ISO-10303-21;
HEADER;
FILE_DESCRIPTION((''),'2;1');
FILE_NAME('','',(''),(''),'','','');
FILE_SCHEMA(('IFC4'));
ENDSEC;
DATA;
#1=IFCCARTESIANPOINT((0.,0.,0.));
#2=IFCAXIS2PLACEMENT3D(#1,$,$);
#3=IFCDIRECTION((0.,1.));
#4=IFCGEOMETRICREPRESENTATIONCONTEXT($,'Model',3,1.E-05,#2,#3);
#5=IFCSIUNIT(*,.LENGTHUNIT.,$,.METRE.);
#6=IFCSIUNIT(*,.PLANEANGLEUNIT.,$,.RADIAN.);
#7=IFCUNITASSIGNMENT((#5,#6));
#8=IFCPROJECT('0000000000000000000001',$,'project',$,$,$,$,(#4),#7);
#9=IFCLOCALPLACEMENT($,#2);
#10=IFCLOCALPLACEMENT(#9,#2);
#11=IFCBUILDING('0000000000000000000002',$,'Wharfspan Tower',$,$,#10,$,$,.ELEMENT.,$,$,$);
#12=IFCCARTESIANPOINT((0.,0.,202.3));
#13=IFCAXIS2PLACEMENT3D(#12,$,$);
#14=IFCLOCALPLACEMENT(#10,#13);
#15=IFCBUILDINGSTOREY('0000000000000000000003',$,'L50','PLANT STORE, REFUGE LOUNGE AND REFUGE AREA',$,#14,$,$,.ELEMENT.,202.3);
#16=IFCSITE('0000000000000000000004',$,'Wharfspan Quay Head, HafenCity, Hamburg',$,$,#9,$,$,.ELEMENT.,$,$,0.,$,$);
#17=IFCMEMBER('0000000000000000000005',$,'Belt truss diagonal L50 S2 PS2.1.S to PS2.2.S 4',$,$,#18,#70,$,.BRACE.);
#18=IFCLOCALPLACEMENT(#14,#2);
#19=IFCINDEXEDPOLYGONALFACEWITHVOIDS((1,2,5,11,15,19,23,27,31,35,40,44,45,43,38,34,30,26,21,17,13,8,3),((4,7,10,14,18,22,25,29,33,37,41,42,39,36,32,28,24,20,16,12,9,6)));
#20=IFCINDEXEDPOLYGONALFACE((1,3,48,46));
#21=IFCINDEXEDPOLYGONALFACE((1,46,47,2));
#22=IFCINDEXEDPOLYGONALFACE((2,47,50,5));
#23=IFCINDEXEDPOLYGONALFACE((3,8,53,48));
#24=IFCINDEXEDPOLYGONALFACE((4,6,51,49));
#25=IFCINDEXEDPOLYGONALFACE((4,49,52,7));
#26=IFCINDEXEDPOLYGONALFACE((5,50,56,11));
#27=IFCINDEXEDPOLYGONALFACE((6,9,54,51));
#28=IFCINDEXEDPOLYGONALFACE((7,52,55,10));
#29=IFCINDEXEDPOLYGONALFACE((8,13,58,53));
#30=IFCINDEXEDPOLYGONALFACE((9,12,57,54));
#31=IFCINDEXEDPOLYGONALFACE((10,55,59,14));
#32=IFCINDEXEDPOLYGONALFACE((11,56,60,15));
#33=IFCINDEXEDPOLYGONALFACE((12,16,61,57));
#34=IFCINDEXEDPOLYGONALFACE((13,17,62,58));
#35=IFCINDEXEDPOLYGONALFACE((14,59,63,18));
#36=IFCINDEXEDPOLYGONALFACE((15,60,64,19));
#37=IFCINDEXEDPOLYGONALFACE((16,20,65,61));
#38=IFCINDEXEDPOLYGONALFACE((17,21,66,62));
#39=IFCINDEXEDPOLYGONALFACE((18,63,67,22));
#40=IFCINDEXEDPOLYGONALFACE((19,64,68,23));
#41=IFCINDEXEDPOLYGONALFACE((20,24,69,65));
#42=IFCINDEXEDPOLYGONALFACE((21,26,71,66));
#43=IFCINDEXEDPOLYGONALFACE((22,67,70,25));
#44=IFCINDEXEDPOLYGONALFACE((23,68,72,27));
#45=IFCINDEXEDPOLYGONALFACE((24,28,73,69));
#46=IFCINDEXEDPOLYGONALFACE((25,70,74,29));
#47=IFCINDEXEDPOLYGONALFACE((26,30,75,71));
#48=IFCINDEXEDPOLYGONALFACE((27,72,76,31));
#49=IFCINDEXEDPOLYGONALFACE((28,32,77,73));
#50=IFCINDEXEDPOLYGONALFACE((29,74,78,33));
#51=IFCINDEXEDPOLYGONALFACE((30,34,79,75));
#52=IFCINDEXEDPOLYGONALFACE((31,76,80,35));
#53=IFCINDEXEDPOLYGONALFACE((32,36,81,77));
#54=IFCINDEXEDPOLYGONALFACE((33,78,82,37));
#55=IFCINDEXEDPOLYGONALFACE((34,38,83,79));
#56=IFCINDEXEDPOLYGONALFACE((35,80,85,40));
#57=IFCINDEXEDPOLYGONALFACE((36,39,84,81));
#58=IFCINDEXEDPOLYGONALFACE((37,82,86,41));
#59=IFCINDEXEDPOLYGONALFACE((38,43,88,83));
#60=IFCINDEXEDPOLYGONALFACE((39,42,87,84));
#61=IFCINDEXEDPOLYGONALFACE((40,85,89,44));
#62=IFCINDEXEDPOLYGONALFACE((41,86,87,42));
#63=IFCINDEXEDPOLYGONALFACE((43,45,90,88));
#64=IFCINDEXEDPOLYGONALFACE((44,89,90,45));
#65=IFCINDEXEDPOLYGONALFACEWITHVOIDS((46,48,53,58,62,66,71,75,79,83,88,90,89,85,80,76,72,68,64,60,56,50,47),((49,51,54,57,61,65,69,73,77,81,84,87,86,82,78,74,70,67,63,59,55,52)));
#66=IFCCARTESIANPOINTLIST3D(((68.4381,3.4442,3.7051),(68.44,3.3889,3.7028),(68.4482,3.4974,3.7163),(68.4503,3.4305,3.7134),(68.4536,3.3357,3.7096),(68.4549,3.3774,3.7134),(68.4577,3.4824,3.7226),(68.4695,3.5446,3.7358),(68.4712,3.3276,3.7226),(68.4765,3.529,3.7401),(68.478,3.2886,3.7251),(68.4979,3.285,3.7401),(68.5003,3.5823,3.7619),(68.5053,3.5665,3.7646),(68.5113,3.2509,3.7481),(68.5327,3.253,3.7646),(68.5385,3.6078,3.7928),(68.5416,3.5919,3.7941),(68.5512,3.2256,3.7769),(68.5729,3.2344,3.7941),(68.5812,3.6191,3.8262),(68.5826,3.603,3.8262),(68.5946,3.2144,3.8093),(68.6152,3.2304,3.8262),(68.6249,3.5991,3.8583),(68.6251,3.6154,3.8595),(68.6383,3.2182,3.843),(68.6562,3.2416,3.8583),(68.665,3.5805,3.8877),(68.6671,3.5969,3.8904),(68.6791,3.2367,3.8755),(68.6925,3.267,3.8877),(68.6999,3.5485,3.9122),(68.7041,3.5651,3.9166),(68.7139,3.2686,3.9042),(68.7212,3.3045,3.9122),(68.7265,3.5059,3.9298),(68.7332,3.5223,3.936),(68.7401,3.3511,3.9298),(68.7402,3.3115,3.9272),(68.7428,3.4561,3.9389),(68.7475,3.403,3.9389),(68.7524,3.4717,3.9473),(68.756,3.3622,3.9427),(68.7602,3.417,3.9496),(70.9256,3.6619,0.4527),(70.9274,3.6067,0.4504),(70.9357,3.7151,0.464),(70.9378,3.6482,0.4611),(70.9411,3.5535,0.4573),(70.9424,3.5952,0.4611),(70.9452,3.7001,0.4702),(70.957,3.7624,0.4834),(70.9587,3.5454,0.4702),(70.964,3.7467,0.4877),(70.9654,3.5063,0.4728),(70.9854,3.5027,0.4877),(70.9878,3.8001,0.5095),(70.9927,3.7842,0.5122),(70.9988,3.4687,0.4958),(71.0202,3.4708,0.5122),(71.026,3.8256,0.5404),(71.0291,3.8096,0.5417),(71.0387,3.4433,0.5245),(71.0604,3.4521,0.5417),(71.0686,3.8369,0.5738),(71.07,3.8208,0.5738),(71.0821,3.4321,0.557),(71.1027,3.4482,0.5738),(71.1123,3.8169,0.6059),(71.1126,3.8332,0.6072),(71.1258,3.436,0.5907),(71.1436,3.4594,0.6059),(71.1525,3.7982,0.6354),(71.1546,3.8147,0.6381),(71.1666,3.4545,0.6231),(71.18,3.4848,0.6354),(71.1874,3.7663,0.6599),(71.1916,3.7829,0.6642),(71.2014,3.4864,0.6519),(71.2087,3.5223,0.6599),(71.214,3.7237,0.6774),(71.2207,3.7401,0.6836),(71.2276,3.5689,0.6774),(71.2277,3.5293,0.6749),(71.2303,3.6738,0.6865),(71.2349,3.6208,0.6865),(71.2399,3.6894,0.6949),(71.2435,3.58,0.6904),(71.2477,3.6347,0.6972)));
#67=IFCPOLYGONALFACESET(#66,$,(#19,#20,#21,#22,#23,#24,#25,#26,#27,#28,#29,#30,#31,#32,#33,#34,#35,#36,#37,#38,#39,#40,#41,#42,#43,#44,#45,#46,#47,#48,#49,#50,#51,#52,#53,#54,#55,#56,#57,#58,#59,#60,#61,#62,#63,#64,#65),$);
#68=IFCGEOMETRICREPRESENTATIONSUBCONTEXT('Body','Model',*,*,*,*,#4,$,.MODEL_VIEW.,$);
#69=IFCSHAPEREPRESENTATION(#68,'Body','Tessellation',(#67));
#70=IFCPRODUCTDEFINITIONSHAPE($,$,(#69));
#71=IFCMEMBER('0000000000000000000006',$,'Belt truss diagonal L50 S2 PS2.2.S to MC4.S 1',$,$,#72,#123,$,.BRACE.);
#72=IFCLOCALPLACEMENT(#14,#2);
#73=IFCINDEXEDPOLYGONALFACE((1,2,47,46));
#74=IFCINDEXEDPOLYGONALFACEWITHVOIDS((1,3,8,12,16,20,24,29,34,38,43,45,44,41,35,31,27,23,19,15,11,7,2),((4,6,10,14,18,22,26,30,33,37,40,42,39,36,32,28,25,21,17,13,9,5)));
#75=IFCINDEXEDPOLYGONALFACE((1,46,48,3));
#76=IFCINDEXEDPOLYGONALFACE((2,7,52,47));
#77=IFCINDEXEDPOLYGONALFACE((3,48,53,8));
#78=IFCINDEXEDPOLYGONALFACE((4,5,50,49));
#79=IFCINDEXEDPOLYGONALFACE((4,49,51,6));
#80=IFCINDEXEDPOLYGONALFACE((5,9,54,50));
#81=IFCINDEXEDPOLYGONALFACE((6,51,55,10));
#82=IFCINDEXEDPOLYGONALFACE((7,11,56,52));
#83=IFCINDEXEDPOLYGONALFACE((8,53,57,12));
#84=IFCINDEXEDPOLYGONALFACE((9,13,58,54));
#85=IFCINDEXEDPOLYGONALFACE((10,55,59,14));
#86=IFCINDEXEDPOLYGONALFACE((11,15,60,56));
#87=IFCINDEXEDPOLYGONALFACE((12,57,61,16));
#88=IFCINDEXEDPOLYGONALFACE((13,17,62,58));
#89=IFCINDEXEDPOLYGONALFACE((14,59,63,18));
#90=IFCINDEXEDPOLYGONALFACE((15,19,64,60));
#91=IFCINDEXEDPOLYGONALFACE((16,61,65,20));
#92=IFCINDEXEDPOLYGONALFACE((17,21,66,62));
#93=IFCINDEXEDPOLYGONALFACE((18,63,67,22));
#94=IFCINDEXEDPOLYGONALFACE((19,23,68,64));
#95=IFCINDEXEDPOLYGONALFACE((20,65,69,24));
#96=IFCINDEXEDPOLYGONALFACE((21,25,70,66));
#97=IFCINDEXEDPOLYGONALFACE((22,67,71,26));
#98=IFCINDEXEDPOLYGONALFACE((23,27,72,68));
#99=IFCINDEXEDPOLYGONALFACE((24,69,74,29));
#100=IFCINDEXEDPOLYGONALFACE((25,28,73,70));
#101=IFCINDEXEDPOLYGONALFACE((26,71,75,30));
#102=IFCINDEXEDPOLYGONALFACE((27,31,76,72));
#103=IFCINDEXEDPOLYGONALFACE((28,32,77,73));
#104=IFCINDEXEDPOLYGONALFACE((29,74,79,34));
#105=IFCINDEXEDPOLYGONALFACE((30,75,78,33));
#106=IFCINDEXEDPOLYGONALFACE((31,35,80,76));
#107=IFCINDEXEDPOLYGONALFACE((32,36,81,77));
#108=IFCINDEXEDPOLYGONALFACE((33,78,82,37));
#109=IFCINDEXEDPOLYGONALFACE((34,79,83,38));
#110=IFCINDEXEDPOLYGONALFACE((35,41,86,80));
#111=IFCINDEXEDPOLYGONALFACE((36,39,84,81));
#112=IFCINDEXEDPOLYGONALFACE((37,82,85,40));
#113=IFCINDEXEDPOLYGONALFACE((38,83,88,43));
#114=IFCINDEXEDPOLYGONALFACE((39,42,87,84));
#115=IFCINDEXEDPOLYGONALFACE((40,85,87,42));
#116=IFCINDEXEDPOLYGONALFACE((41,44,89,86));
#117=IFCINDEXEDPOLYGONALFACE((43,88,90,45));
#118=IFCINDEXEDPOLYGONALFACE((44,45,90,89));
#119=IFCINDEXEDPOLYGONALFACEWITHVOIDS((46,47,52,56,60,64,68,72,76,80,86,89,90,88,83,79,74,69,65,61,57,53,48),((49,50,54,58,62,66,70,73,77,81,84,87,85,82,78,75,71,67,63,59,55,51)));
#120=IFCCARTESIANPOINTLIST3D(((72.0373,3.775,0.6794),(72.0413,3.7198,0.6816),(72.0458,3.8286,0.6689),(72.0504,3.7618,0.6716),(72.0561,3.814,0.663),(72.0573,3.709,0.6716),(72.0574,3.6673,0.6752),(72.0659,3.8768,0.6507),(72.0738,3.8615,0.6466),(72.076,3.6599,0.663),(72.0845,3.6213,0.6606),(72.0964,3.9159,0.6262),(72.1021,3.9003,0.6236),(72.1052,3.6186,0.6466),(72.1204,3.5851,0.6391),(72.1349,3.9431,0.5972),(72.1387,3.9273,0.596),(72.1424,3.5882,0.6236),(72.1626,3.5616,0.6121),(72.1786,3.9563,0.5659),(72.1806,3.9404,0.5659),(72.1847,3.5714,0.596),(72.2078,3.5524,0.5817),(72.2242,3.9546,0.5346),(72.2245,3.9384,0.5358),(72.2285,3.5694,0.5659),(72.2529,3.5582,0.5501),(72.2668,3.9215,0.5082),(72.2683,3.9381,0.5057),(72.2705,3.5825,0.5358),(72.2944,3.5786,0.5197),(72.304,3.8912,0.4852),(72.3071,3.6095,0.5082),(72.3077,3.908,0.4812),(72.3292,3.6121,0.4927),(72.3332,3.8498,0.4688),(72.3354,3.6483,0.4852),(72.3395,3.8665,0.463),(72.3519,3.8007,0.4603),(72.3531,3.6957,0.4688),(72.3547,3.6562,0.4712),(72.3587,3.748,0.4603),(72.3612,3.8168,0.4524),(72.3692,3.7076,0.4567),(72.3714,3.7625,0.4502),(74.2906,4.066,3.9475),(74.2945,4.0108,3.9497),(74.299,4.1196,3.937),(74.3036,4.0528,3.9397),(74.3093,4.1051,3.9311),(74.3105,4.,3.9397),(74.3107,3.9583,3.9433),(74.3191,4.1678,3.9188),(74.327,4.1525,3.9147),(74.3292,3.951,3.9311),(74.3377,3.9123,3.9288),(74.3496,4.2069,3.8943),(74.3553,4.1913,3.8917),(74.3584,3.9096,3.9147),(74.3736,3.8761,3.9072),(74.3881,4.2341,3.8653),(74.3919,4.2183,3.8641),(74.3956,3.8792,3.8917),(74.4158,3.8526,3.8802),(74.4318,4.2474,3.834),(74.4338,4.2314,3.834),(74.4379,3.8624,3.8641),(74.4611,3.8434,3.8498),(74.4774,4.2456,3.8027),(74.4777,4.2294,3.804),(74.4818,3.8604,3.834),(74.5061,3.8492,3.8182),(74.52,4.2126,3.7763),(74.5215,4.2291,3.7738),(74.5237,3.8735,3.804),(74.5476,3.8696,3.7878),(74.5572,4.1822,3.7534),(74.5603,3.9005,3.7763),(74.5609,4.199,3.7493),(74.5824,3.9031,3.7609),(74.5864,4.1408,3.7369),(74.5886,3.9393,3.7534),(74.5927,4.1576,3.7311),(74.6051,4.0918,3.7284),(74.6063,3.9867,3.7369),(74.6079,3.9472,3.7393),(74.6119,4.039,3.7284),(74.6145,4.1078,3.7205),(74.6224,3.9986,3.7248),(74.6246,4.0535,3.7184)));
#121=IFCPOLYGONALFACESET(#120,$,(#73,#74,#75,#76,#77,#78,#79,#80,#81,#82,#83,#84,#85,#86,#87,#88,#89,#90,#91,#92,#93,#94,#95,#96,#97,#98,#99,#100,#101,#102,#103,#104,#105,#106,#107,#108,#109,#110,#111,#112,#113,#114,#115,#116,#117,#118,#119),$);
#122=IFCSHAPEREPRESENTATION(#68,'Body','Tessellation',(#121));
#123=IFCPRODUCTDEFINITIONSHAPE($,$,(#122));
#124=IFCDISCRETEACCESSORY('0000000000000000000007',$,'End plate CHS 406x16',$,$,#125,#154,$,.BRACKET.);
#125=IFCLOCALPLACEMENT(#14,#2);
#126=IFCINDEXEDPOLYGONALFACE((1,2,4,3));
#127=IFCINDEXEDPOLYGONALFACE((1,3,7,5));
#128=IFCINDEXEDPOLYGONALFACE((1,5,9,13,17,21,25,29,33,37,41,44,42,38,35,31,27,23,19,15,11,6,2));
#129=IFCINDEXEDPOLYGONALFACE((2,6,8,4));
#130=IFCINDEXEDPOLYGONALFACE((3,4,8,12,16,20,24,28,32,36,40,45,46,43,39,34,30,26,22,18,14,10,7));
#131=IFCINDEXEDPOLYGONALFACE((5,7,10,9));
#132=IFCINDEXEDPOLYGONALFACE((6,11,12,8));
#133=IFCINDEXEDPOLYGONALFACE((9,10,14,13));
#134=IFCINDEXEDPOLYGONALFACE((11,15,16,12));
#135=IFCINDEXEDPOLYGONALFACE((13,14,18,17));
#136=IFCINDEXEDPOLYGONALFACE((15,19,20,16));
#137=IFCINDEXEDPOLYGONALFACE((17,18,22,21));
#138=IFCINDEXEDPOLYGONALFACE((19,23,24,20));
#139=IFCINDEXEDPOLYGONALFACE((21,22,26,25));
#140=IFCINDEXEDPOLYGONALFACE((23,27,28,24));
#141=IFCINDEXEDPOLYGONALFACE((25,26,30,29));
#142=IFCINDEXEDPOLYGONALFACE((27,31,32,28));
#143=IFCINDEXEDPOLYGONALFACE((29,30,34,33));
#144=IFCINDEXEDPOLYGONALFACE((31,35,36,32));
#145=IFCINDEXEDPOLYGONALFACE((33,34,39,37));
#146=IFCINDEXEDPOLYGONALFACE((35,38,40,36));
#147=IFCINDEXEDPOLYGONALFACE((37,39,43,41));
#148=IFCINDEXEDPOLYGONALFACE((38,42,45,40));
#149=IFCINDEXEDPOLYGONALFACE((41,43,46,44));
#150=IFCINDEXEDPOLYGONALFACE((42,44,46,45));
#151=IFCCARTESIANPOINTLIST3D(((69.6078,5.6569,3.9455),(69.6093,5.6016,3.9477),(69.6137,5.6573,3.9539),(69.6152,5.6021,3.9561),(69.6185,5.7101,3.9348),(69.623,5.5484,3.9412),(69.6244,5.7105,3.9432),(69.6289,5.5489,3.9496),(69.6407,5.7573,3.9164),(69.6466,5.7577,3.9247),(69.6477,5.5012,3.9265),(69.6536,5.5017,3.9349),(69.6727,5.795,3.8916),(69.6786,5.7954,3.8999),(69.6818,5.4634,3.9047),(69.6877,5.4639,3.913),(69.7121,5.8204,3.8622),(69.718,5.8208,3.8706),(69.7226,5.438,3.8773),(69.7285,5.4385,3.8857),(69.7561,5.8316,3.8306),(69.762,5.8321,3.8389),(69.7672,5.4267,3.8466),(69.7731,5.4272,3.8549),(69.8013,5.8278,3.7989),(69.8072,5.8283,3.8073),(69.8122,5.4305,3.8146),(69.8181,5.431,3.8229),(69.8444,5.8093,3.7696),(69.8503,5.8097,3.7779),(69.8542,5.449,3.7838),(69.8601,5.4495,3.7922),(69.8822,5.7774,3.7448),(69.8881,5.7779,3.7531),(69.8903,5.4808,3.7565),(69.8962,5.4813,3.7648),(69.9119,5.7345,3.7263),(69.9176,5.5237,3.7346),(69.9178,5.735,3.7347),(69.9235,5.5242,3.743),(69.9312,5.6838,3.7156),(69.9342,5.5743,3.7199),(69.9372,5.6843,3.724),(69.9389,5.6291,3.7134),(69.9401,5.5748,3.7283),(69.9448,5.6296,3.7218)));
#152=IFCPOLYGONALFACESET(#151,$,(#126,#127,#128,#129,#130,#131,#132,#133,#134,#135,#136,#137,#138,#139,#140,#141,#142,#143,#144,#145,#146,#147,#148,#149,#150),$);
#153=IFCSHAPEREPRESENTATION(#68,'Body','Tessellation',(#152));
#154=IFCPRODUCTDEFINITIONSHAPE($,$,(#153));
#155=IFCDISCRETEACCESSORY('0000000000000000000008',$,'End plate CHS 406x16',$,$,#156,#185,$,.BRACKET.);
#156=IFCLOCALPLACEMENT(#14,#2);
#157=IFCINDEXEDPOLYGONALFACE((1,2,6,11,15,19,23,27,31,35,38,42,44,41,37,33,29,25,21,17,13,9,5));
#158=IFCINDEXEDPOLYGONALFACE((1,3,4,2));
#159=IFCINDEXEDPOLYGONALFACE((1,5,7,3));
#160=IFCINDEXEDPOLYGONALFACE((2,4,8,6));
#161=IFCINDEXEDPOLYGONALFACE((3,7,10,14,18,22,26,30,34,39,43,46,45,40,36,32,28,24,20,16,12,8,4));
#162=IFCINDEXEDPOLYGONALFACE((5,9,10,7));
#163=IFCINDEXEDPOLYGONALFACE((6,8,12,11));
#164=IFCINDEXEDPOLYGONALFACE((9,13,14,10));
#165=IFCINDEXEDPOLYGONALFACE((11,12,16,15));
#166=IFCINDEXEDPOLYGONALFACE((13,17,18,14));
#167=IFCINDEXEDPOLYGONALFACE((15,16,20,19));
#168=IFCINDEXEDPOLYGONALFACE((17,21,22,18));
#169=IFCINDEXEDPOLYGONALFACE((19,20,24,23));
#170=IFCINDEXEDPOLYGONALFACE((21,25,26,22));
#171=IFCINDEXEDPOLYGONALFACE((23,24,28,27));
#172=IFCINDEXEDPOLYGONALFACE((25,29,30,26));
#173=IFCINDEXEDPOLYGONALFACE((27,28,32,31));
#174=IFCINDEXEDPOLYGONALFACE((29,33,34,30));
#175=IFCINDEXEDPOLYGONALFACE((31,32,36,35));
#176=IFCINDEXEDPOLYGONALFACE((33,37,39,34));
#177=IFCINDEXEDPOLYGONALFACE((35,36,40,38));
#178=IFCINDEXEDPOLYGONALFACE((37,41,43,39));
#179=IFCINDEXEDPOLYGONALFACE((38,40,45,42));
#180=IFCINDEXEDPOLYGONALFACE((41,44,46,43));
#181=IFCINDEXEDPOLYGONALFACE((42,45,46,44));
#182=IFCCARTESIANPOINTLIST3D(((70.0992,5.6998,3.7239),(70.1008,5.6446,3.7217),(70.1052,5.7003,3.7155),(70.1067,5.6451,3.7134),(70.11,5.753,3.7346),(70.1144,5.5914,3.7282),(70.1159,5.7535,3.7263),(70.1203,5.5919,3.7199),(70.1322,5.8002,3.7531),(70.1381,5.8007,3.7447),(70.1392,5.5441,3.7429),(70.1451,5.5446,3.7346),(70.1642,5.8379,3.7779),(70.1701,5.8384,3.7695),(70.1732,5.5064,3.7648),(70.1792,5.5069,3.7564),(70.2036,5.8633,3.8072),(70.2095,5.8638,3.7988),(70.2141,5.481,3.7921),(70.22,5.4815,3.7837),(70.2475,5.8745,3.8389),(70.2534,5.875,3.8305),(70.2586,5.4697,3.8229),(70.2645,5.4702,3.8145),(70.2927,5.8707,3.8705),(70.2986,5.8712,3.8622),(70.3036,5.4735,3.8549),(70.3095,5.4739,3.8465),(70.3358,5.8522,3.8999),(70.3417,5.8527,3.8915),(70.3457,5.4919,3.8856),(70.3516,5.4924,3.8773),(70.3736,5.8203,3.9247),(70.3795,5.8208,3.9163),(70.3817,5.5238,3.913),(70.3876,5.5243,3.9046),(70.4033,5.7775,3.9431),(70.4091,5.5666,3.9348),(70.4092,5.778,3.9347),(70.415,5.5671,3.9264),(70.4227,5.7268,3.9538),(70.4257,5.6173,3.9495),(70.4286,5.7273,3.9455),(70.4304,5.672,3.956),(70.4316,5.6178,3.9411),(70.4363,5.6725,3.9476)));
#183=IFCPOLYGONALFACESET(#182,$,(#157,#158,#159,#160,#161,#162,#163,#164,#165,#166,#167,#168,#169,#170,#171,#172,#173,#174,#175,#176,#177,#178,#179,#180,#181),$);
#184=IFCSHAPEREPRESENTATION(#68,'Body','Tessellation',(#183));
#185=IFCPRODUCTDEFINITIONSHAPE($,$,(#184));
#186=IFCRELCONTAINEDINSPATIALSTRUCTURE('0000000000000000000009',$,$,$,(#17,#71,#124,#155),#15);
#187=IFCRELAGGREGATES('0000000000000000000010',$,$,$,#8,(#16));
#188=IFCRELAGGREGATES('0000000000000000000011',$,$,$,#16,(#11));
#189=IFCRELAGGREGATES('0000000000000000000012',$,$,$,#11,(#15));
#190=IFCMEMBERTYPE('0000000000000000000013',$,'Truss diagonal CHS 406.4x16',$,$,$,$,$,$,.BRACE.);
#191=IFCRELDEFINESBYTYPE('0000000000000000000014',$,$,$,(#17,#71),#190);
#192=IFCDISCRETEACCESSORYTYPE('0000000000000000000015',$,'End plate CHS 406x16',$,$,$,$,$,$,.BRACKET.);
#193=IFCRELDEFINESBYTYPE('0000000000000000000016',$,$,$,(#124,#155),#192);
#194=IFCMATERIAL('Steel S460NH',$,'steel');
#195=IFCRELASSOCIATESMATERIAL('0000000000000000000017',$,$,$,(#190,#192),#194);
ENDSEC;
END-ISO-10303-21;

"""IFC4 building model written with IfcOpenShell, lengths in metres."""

from ifc_helpers import new_model, si_unit, direction, frame, origin, origin_2d, place, context, subcontext, project, spatial, circle, hollow_circle, extrude, material, material_profile, profile_set, type_object, element, save


model = new_model("IFC4")

# Units and contexts
model_context = context("Model", 3, precision=1e-05, world=origin(), true_north=direction((0.0, 1.0)))
body_context = subcontext(model_context, "Body", "Model", "MODEL_VIEW")
ifc_project = project(units=[si_unit("LENGTHUNIT", "METRE"), si_unit("PLANEANGLEUNIT", "RADIAN")], contexts=[model_context])

# Site, building, storey
site_placement = place(None, origin())
site = spatial("IfcSite", under=ifc_project, at=site_placement, Name="Wharfspan Quay Head, HafenCity, Hamburg", CompositionType="ELEMENT", RefElevation=0.0)
building_placement = place(site_placement, origin())
building = spatial("IfcBuilding", under=site, at=building_placement, Name="Wharfspan Tower", CompositionType="ELEMENT")
storey_placement = place(building_placement, frame((0.0, 0.0, 202.3)))
storey = spatial("IfcBuildingStorey", under=building, at=storey_placement, Name="L50", Description="PLANT STORE, REFUGE LOUNGE AND REFUGE AREA", CompositionType="ELEMENT", Elevation=202.3)

# Members
ifc_material_1 = material(Name="Steel S460NH", Category="steel")
ifc_material_profile_1 = material_profile(ifc_material_1, hollow_circle(Radius=0.2031, WallThickness=0.0161, at=origin_2d()))
ifc_profile_set_1 = profile_set([ifc_material_profile_1], Name="Steel S460NH")
member_type_1 = type_object("IfcMemberType", Name="Truss diagonal CHS 406.4x16", PredefinedType="BRACE", material=ifc_profile_set_1)
member_1_placement = place(storey_placement, frame((68.5989, 3.4167, 3.8262), z_axis=(0.606652, 0.05311, -0.793191), x_axis=(-0.087214, 0.996192, -0.000001)))
element("IfcMember", 1, at=member_1_placement, inside=storey, type_object=member_type_1, Name="Belt truss diagonal L50 S2 PS2.1.S to PS2.2.S 4", PredefinedType="BRACE", context=body_context, shape_type="SweptSolid", body=[
    extrude(hollow_circle(Radius=0.2031, WallThickness=0.0161, at=origin_2d()), origin(), (0.0, 0.0, 1.0), 4.1003),
])
member_2_placement = place(storey_placement, frame((72.2046, 3.7549, 0.5659), z_axis=(0.5661, 0.073116, 0.821087), x_axis=(-0.128098, 0.991764, 0.000003)))
element("IfcMember", 2, at=member_2_placement, inside=storey, type_object=member_type_1, Name="Belt truss diagonal L50 S2 PS2.2.S to MC4.S 1", PredefinedType="BRACE", context=body_context, shape_type="SweptSolid", body=[
    extrude(hollow_circle(Radius=0.2031, WallThickness=0.0161, at=origin_2d()), origin(), (0.0, 0.0, 1.0), 3.9802),
])

# Discrete accessories
ifc_material_profile_2 = material_profile(ifc_material_1, circle(Radius=0.2031, at=origin_2d()))
ifc_profile_set_2 = profile_set([ifc_material_profile_2], Name="Steel S460NH")
discrete_accessory_type_1 = type_object("IfcDiscreteAccessoryType", Name="End plate CHS 406x16", PredefinedType="BRACKET", material=ifc_profile_set_2)
for number, where, z_axis, x_axis, name in (
    (3, (69.7729, 5.6292, 3.8306), (0.576018, 0.048002, 0.816026), (-0.083046, 0.996542, 0.0), "End plate CHS 406x16"),
    (4, (70.2644, 5.6721, 3.8389), (0.576018, 0.048002, -0.816026), (-0.083046, 0.996542, 0.0), "End plate CHS 406x16"),
):
    element("IfcDiscreteAccessory", number, at=place(storey_placement, frame(where, z_axis=z_axis, x_axis=x_axis)), inside=storey, type_object=discrete_accessory_type_1, Name=name, PredefinedType="BRACKET", context=body_context, shape_type="SweptSolid", body=[
        extrude(circle(Radius=0.2031, at=origin_2d()), origin(), (0.0, 0.0, 1.0), 0.0103),
    ])

save(model, "model.ifc")
